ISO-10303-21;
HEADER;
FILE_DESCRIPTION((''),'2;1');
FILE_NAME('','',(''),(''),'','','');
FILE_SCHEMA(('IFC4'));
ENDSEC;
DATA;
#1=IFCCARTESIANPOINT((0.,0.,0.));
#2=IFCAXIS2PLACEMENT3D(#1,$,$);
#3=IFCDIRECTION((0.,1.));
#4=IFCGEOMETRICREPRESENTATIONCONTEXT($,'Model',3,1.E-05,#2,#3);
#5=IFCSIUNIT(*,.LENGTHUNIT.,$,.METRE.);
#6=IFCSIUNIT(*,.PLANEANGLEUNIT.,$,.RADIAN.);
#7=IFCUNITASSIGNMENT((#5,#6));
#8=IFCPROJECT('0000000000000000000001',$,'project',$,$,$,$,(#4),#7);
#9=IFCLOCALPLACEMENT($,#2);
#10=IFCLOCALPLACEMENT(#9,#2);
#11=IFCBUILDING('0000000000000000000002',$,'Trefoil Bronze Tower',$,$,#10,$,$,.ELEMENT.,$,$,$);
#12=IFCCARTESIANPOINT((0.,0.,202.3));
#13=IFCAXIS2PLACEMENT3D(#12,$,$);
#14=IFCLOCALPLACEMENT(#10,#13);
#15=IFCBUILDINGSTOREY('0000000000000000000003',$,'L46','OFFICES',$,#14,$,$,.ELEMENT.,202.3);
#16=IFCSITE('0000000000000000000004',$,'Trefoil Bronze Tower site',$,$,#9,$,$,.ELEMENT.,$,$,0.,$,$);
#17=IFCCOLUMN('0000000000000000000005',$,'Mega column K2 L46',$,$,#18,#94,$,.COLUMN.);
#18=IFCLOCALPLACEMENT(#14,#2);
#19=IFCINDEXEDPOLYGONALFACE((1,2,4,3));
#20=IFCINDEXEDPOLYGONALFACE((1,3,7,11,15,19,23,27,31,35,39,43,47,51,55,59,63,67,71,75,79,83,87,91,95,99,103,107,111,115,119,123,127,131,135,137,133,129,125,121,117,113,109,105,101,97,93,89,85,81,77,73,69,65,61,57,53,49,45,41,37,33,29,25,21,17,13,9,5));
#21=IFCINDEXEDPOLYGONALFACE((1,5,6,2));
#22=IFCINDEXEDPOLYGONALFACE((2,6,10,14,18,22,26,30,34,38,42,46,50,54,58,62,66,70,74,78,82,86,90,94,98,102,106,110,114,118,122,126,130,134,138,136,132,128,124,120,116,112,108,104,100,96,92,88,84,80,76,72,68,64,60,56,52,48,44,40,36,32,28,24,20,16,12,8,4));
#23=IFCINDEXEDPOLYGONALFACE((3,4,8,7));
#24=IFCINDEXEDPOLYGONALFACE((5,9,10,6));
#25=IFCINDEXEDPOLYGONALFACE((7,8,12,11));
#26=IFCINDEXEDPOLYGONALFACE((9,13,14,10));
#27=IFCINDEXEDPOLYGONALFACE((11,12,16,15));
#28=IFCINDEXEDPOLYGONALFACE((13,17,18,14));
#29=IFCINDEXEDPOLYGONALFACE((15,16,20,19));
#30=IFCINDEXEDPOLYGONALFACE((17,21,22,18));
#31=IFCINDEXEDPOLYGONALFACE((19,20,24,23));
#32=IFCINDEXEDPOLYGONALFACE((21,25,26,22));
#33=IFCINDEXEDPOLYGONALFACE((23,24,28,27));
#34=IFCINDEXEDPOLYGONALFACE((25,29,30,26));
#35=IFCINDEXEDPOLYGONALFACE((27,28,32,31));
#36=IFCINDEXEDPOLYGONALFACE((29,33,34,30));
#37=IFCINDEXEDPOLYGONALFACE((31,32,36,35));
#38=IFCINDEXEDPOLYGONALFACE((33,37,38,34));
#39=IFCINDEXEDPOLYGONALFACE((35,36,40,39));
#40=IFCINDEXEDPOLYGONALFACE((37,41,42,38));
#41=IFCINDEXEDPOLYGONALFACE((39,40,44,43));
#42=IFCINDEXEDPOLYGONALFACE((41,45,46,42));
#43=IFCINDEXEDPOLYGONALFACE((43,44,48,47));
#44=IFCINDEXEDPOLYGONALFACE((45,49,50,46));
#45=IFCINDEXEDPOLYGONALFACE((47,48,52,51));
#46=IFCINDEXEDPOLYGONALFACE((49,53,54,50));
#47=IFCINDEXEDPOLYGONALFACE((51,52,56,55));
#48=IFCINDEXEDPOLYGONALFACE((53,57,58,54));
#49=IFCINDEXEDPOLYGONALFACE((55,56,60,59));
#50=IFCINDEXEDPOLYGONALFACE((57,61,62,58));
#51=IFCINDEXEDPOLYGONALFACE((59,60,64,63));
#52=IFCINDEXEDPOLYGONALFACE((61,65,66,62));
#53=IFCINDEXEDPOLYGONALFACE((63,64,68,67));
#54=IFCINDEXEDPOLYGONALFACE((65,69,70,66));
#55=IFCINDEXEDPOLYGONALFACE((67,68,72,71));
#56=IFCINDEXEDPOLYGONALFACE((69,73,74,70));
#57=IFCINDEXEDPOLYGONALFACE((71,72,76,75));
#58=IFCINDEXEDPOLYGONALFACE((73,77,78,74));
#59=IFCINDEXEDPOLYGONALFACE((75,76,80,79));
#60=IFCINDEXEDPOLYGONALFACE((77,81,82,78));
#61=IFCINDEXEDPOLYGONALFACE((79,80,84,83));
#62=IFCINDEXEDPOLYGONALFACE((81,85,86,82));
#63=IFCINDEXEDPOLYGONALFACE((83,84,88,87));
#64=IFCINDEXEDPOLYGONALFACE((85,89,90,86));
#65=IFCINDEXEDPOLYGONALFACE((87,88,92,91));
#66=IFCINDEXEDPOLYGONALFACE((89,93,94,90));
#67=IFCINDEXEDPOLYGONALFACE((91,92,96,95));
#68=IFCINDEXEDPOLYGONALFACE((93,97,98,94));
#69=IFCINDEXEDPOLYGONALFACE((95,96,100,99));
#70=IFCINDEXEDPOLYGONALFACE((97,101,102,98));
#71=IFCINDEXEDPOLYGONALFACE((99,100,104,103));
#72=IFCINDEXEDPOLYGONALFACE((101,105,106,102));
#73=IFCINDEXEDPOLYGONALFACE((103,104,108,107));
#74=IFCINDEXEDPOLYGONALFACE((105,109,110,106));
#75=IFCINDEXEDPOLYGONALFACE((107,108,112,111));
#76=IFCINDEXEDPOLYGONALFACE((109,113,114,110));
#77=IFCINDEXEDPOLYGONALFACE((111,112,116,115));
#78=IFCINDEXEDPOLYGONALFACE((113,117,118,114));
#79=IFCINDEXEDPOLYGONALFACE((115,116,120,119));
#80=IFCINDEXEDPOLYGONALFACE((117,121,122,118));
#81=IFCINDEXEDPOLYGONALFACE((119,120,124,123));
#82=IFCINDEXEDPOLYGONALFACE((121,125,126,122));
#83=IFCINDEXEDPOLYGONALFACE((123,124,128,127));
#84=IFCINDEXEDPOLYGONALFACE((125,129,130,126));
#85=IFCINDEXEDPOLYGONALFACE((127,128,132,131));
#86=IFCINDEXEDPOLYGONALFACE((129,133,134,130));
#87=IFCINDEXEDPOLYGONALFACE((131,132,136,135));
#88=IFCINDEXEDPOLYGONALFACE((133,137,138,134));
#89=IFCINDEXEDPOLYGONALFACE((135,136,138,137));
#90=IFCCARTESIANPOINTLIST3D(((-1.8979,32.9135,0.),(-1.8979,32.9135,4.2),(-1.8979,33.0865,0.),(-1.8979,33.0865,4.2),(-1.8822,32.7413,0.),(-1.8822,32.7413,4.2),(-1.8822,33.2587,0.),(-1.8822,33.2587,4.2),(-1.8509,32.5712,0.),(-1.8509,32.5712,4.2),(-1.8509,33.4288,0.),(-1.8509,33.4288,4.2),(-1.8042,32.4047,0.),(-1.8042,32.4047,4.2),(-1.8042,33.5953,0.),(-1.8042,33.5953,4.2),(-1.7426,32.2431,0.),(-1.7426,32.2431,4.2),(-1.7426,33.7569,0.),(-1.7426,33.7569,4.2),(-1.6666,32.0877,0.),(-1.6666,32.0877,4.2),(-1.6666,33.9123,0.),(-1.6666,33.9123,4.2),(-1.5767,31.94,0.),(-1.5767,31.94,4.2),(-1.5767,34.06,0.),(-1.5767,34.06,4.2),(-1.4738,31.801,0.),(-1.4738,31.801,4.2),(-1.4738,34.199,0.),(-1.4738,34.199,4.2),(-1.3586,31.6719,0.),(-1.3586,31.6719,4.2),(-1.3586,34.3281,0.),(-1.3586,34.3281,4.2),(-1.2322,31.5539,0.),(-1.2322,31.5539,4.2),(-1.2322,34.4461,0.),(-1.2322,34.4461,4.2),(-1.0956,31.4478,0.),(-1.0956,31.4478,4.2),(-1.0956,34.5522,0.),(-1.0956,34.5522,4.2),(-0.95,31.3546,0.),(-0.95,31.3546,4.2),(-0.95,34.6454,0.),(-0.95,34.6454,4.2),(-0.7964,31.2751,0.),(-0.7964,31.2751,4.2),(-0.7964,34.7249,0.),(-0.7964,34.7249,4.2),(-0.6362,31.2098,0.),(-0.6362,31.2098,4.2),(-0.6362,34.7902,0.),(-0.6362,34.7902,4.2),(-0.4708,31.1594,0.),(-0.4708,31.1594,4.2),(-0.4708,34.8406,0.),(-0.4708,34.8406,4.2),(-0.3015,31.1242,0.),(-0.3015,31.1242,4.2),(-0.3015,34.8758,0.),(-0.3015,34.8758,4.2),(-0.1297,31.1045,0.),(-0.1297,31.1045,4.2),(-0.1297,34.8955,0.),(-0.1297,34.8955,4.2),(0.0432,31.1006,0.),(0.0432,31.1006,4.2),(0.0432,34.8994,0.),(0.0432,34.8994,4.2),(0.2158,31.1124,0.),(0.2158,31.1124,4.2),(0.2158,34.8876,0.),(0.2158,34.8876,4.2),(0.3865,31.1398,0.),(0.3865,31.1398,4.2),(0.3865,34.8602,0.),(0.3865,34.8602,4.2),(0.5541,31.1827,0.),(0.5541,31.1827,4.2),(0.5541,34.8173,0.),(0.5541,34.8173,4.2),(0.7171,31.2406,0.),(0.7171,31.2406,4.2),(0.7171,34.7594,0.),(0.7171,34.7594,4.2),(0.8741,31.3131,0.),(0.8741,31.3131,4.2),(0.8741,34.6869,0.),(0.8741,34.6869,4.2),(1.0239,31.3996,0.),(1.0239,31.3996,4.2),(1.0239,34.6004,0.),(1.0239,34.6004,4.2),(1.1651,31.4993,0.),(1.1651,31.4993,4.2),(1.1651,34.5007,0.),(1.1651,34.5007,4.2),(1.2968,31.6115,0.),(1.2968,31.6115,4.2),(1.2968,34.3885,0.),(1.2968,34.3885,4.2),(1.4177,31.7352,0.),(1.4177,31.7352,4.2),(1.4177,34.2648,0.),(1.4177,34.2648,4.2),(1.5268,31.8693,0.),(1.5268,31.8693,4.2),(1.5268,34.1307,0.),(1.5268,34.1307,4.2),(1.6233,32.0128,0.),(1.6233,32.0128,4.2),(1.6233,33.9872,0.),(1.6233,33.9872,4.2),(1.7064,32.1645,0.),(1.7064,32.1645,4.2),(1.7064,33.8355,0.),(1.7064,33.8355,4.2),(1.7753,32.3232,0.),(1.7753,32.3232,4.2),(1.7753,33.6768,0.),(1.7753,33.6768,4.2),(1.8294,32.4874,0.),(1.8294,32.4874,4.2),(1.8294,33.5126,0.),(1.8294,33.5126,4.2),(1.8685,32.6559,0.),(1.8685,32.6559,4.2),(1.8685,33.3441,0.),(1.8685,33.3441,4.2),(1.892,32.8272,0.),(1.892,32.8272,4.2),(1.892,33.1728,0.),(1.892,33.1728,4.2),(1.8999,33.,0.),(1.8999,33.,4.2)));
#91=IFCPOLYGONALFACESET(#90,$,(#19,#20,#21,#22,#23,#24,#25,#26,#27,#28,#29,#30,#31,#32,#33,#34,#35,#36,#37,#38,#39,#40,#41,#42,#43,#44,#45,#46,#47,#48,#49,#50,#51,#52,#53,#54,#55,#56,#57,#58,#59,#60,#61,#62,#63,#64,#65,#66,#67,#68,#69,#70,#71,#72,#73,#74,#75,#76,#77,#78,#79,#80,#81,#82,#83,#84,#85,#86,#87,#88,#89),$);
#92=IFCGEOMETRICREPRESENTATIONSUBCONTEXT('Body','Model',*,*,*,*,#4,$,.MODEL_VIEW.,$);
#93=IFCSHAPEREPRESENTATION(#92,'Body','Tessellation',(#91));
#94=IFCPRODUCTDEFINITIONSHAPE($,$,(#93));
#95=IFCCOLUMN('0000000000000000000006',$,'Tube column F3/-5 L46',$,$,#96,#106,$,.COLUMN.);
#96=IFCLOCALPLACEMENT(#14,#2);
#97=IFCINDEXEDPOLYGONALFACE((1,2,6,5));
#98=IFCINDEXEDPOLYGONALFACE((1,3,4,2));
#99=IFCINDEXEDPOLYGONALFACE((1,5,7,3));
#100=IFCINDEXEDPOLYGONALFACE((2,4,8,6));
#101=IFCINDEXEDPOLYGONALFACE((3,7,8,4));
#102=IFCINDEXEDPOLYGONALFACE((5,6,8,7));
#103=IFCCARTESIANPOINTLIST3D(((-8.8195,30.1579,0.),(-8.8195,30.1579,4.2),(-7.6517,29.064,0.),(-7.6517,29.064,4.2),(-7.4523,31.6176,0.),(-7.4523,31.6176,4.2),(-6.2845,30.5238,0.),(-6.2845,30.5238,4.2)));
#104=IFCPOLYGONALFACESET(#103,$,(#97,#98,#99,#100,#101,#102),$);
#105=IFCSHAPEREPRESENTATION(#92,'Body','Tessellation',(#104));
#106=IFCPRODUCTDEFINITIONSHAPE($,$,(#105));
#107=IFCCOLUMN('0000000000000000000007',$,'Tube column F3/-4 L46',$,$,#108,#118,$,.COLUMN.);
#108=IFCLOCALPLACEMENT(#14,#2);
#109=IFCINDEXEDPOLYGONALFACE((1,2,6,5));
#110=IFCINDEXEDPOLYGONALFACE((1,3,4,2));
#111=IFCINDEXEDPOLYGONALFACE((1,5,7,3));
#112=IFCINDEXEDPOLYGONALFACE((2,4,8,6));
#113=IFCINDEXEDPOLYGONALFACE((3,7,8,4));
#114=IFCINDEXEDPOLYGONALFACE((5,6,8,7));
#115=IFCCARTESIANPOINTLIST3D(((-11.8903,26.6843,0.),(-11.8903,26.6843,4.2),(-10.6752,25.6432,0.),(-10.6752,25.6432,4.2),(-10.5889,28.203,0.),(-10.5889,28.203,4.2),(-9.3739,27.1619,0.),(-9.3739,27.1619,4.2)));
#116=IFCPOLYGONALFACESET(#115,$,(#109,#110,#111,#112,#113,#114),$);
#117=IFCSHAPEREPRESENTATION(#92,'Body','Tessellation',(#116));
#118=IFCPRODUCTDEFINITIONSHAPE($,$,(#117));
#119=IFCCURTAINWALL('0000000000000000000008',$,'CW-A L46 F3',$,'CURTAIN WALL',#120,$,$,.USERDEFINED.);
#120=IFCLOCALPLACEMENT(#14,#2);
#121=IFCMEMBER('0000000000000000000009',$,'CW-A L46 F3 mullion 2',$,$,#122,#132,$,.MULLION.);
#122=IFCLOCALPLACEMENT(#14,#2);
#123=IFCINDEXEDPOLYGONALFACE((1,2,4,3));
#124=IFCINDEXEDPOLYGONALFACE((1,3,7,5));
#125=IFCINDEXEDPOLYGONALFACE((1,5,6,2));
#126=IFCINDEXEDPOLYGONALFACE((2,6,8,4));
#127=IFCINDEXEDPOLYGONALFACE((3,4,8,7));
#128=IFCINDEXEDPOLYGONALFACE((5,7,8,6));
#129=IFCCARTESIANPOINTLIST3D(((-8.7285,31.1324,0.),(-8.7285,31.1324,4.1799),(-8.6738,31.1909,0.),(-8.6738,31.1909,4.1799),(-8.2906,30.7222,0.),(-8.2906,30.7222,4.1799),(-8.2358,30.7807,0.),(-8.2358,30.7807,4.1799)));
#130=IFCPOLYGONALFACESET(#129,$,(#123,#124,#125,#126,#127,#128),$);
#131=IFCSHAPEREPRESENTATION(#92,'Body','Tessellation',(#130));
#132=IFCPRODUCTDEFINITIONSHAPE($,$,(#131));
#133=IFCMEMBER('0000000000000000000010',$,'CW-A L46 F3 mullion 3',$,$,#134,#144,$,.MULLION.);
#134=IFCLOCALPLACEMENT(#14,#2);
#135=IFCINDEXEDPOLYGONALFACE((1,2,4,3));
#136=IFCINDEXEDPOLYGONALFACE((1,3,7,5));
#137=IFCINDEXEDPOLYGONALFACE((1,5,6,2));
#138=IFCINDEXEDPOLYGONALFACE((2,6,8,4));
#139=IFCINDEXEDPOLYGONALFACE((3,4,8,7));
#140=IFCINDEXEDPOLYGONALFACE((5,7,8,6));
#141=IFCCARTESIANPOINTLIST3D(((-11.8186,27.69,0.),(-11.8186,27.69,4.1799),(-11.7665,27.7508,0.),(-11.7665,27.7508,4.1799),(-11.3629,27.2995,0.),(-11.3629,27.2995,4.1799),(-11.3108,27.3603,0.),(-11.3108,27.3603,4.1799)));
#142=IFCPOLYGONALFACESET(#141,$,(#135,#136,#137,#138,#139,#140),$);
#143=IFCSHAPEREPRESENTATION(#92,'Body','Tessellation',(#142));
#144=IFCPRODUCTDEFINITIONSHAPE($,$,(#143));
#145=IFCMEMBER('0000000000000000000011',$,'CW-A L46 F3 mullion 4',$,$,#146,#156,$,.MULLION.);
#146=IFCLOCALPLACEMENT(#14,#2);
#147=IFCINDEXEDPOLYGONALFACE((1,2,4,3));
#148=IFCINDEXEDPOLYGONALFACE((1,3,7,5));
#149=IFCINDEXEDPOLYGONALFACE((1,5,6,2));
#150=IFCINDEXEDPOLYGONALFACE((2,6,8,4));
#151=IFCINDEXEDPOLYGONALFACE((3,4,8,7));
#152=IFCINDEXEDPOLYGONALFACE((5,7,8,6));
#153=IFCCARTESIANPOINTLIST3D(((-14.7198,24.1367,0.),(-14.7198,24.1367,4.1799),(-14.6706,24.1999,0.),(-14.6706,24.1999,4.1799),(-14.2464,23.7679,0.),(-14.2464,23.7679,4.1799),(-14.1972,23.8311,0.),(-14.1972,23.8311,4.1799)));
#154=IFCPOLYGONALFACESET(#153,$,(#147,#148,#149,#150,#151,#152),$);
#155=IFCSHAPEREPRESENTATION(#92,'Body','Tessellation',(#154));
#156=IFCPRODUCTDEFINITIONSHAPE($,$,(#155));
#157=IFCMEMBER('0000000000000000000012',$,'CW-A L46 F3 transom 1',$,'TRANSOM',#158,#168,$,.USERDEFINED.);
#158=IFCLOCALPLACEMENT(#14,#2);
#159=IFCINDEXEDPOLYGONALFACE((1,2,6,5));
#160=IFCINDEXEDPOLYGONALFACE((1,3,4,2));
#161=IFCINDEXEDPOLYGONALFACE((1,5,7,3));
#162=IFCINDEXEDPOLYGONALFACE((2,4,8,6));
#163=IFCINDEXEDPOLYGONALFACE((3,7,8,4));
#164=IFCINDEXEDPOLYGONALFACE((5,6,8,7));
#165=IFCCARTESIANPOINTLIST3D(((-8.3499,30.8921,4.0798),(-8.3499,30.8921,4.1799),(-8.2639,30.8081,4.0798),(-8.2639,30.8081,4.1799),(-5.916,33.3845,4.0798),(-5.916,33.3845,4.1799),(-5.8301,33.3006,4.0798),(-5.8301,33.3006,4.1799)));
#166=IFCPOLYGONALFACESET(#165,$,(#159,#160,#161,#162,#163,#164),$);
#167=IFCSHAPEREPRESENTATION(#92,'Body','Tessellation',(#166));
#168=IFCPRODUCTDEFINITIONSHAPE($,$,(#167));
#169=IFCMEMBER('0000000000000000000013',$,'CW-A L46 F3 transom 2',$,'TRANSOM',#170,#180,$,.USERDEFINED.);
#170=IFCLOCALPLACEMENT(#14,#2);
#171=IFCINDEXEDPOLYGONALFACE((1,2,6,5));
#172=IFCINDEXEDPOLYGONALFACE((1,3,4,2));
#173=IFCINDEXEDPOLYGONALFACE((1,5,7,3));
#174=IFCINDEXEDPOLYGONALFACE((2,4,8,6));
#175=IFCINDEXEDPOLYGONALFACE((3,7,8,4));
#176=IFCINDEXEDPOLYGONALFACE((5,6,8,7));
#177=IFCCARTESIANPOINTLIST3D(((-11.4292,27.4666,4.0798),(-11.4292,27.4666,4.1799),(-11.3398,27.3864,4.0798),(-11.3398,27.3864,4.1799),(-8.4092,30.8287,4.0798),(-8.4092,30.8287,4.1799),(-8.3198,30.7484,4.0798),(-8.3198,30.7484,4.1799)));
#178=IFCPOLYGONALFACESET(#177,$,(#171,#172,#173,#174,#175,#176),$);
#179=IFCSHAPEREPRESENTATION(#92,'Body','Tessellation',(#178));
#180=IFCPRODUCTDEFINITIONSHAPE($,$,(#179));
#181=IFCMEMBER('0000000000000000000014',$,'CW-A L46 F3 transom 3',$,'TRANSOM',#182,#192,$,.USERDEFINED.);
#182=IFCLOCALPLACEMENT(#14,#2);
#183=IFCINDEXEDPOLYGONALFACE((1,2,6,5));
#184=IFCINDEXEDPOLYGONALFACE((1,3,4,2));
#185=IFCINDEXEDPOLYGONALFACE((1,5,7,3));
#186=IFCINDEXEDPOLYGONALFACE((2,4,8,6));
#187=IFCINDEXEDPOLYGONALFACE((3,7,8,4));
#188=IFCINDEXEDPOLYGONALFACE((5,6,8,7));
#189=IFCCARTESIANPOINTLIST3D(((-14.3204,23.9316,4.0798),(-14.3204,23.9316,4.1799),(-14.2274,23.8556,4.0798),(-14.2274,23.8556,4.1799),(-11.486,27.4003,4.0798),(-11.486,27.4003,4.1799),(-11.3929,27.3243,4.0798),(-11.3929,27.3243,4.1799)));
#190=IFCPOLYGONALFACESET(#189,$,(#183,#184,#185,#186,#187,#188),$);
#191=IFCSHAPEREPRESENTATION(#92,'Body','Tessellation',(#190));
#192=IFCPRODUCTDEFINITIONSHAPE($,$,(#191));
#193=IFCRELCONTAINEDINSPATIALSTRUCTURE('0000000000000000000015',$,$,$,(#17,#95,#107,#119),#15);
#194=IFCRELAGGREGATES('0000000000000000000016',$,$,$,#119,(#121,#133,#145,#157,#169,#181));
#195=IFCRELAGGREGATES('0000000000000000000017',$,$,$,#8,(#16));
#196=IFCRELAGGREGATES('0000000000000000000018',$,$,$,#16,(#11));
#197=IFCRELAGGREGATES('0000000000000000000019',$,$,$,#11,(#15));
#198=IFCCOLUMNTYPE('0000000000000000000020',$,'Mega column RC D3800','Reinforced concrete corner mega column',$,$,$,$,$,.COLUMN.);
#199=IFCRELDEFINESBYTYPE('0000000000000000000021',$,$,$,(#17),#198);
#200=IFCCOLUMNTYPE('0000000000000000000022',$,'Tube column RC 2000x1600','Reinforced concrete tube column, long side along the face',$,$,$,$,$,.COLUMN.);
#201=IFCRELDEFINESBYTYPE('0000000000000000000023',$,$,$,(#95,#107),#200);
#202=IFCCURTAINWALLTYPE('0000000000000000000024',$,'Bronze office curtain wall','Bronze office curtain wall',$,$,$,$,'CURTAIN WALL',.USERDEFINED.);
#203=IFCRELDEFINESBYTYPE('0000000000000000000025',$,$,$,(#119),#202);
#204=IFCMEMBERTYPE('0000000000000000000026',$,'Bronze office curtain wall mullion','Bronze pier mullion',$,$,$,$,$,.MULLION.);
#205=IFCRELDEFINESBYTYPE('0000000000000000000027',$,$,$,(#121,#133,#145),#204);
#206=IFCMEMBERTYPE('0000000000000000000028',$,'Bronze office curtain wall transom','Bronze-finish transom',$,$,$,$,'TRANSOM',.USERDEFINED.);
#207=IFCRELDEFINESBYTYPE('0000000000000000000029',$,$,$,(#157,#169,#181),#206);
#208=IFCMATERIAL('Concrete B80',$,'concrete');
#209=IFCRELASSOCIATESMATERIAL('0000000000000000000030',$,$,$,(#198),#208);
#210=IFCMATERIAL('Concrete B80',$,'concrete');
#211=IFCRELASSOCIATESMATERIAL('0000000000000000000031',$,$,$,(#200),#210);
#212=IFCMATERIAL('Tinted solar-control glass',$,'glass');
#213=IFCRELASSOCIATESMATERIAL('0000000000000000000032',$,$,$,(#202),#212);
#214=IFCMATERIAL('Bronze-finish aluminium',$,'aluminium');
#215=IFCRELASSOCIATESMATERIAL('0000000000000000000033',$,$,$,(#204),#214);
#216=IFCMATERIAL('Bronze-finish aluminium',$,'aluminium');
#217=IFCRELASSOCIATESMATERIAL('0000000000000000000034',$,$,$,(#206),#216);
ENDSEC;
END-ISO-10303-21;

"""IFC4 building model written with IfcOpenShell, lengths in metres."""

from ifc_helpers import new_model, si_unit, direction, frame, origin, origin_2d, place, context, subcontext, project, spatial, rectangle, circle, extrude, material, material_profile, profile_set, type_object, element, aggregate, save


model = new_model("IFC4")

# Units and contexts
model_context = context("Model", 3, precision=1e-05, world=origin(), true_north=direction((0.0, 1.0)))
body_context = subcontext(model_context, "Body", "Model", "MODEL_VIEW")
ifc_project = project(units=[si_unit("LENGTHUNIT", "METRE"), si_unit("PLANEANGLEUNIT", "RADIAN")], contexts=[model_context])

# Site, building, storey
site_placement = place(None, origin())
site = spatial("IfcSite", under=ifc_project, at=site_placement, Name="Trefoil Bronze Tower site", CompositionType="ELEMENT", RefElevation=0.0)
building_placement = place(site_placement, origin())
building = spatial("IfcBuilding", under=site, at=building_placement, Name="Trefoil Bronze Tower", CompositionType="ELEMENT")
storey_placement = place(building_placement, frame((0.0, 0.0, 202.3)))
storey = spatial("IfcBuildingStorey", under=building, at=storey_placement, Name="L46", Description="OFFICES", CompositionType="ELEMENT", Elevation=202.3)

# Columns
ifc_material_1 = material(Name="Concrete B80", Category="concrete")
ifc_material_profile_1 = material_profile(ifc_material_1, circle(Radius=1.8999, at=origin_2d()), Name="RC D3800")
ifc_profile_set_1 = profile_set([ifc_material_profile_1], Name="Concrete B80")
column_type_1 = type_object("IfcColumnType", Name="Mega column RC D3800", Description="Reinforced concrete corner mega column", PredefinedType="COLUMN", material=ifc_profile_set_1)
column_placement = place(storey_placement, frame((0.0, 33.0, 0.0), z_axis=(0.0, 0.0, 1.0), x_axis=(1.0, 0.0, 0.0)))
element("IfcColumn", 1, at=column_placement, inside=storey, type_object=column_type_1, Name="Mega column K2 L46", PredefinedType="COLUMN", context=body_context, shape_type="SweptSolid", body=[
    extrude(circle(Radius=1.8999, at=origin_2d()), origin(), (0.0, 0.0, 1.0), 4.2),
])
ifc_material_2 = material(Name="Concrete B80", Category="concrete")
ifc_material_profile_2 = material_profile(ifc_material_2, rectangle(XDim=2.0, YDim=1.6001, at=origin_2d()), Name="RC 2000x1600")
ifc_profile_set_2 = profile_set([ifc_material_profile_2], Name="Concrete B80")
column_type_2 = type_object("IfcColumnType", Name="Tube column RC 2000x1600", Description="Reinforced concrete tube column, long side along the face", PredefinedType="COLUMN", material=ifc_profile_set_2)
for number, where, z_axis, x_axis, name in (
    (2, (-7.552, 30.3408, 0.0), (0.0, 0.0, 1.0), (-0.683597, -0.72986, 0.0), "Tube column F3/-5 L46"),
    (3, (-10.6321, 26.9231, 0.0), (0.0, 0.0, 1.0), (-0.650677, -0.759355, 0.0), "Tube column F3/-4 L46"),
):
    element("IfcColumn", number, at=place(storey_placement, frame(where, z_axis=z_axis, x_axis=x_axis)), inside=storey, type_object=column_type_2, Name=name, PredefinedType="COLUMN", context=body_context, shape_type="SweptSolid", body=[
        extrude(rectangle(XDim=2.0, YDim=1.6001, at=origin_2d()), origin(), (0.0, 0.0, 1.0), 4.2),
    ])

# Curtain wall, members
ifc_material_3 = material(Name="Tinted solar-control glass", Category="glass")
curtain_wall_type_1 = type_object("IfcCurtainWallType", Name="Bronze office curtain wall", Description="Bronze office curtain wall", ElementType="CURTAIN WALL", PredefinedType="USERDEFINED", material=ifc_material_3)
curtain_wall_1_placement = place(storey_placement, origin())
curtain_wall_1 = element("IfcCurtainWall", 4, at=curtain_wall_1_placement, inside=storey, type_object=curtain_wall_type_1, Name="CW-A L46 F3", ObjectType="CURTAIN WALL", PredefinedType="USERDEFINED")
ifc_material_4 = material(Name="Bronze-finish aluminium", Category="aluminium")
ifc_material_profile_3 = material_profile(ifc_material_4, rectangle(XDim=0.6001, YDim=0.0801, at=origin_2d()), Name="CW-A mullion")
ifc_profile_set_3 = profile_set([ifc_material_profile_3], Name="Bronze-finish aluminium")
member_type_1 = type_object("IfcMemberType", Name="Bronze office curtain wall mullion", Description="Bronze pier mullion", PredefinedType="MULLION", material=ifc_profile_set_3)
member_1_placement = place(storey_placement, frame((-8.4822, 30.9565, 0.0), z_axis=(0.0, 0.0, 1.0), x_axis=(0.72986, -0.683597, 0.0)))
member_1 = element("IfcMember", 5, at=member_1_placement, type_object=member_type_1, Name="CW-A L46 F3 mullion 2", PredefinedType="MULLION", context=body_context, shape_type="SweptSolid", body=[
    extrude(rectangle(XDim=0.6001, YDim=0.0801, at=origin_2d()), origin(), (0.0, 0.0, 1.0), 4.1799),
])
member_2_placement = place(storey_placement, frame((-11.5647, 27.5251, 0.0), z_axis=(0.0, 0.0, 1.0), x_axis=(0.759355, -0.650677, 0.0)))
member_2 = element("IfcMember", 6, at=member_2_placement, type_object=member_type_1, Name="CW-A L46 F3 mullion 3", PredefinedType="MULLION", context=body_context, shape_type="SweptSolid", body=[
    extrude(rectangle(XDim=0.6001, YDim=0.0801, at=origin_2d()), origin(), (0.0, 0.0, 1.0), 4.1799),
])
member_3_placement = place(storey_placement, frame((-14.4585, 23.9839, 0.0), z_axis=(0.0, 0.0, 1.0), x_axis=(0.788821, -0.614622, 0.0)))
member_3 = element("IfcMember", 7, at=member_3_placement, type_object=member_type_1, Name="CW-A L46 F3 mullion 4", PredefinedType="MULLION", context=body_context, shape_type="SweptSolid", body=[
    extrude(rectangle(XDim=0.6001, YDim=0.0801, at=origin_2d()), origin(), (0.0, 0.0, 1.0), 4.1799),
])
ifc_material_5 = material(Name="Bronze-finish aluminium", Category="aluminium")
ifc_material_profile_4 = material_profile(ifc_material_5, rectangle(XDim=0.1201, YDim=0.1001, at=origin_2d()), Name="CW-A transom")
ifc_profile_set_4 = profile_set([ifc_material_profile_4], Name="Bronze-finish aluminium")
member_type_2 = type_object("IfcMemberType", Name="Bronze office curtain wall transom", Description="Bronze-finish transom", ElementType="TRANSOM", PredefinedType="USERDEFINED", material=ifc_profile_set_4)
member_4_placement = place(storey_placement, frame((-5.873, 33.3425, 4.1299), z_axis=(-0.698647, -0.715467, 0.0), x_axis=(0.715467, -0.698647, 0.0)))
member_4 = element("IfcMember", 8, at=member_4_placement, type_object=member_type_2, Name="CW-A L46 F3 transom 1", ObjectType="TRANSOM", PredefinedType="USERDEFINED", context=body_context, shape_type="SweptSolid", body=[
    extrude(rectangle(XDim=0.1201, YDim=0.1001, at=origin_2d()), origin(), (0.0, 0.0, 1.0), 3.4836),
])
member_5_placement = place(storey_placement, frame((-8.3645, 30.7886, 4.1299), z_axis=(-0.668251, -0.743936, 0.0), x_axis=(0.743936, -0.668251, 0.0)))
member_5 = element("IfcMember", 9, at=member_5_placement, type_object=member_type_2, Name="CW-A L46 F3 transom 2", ObjectType="TRANSOM", PredefinedType="USERDEFINED", context=body_context, shape_type="SweptSolid", body=[
    extrude(rectangle(XDim=0.1201, YDim=0.1001, at=origin_2d()), origin(), (0.0, 0.0, 1.0), 4.5193),
])
member_6_placement = place(storey_placement, frame((-11.4395, 27.3623, 4.1299), z_axis=(-0.632757, -0.774351, 0.0), x_axis=(0.774351, -0.632757, 0.0)))
member_6 = element("IfcMember", 10, at=member_6_placement, type_object=member_type_2, Name="CW-A L46 F3 transom 3", ObjectType="TRANSOM", PredefinedType="USERDEFINED", context=body_context, shape_type="SweptSolid", body=[
    extrude(rectangle(XDim=0.1201, YDim=0.1001, at=origin_2d()), origin(), (0.0, 0.0, 1.0), 4.4795),
])

aggregate(curtain_wall_1, [member_1, member_2, member_3, member_4, member_5, member_6])

save(model, "model.ifc")
